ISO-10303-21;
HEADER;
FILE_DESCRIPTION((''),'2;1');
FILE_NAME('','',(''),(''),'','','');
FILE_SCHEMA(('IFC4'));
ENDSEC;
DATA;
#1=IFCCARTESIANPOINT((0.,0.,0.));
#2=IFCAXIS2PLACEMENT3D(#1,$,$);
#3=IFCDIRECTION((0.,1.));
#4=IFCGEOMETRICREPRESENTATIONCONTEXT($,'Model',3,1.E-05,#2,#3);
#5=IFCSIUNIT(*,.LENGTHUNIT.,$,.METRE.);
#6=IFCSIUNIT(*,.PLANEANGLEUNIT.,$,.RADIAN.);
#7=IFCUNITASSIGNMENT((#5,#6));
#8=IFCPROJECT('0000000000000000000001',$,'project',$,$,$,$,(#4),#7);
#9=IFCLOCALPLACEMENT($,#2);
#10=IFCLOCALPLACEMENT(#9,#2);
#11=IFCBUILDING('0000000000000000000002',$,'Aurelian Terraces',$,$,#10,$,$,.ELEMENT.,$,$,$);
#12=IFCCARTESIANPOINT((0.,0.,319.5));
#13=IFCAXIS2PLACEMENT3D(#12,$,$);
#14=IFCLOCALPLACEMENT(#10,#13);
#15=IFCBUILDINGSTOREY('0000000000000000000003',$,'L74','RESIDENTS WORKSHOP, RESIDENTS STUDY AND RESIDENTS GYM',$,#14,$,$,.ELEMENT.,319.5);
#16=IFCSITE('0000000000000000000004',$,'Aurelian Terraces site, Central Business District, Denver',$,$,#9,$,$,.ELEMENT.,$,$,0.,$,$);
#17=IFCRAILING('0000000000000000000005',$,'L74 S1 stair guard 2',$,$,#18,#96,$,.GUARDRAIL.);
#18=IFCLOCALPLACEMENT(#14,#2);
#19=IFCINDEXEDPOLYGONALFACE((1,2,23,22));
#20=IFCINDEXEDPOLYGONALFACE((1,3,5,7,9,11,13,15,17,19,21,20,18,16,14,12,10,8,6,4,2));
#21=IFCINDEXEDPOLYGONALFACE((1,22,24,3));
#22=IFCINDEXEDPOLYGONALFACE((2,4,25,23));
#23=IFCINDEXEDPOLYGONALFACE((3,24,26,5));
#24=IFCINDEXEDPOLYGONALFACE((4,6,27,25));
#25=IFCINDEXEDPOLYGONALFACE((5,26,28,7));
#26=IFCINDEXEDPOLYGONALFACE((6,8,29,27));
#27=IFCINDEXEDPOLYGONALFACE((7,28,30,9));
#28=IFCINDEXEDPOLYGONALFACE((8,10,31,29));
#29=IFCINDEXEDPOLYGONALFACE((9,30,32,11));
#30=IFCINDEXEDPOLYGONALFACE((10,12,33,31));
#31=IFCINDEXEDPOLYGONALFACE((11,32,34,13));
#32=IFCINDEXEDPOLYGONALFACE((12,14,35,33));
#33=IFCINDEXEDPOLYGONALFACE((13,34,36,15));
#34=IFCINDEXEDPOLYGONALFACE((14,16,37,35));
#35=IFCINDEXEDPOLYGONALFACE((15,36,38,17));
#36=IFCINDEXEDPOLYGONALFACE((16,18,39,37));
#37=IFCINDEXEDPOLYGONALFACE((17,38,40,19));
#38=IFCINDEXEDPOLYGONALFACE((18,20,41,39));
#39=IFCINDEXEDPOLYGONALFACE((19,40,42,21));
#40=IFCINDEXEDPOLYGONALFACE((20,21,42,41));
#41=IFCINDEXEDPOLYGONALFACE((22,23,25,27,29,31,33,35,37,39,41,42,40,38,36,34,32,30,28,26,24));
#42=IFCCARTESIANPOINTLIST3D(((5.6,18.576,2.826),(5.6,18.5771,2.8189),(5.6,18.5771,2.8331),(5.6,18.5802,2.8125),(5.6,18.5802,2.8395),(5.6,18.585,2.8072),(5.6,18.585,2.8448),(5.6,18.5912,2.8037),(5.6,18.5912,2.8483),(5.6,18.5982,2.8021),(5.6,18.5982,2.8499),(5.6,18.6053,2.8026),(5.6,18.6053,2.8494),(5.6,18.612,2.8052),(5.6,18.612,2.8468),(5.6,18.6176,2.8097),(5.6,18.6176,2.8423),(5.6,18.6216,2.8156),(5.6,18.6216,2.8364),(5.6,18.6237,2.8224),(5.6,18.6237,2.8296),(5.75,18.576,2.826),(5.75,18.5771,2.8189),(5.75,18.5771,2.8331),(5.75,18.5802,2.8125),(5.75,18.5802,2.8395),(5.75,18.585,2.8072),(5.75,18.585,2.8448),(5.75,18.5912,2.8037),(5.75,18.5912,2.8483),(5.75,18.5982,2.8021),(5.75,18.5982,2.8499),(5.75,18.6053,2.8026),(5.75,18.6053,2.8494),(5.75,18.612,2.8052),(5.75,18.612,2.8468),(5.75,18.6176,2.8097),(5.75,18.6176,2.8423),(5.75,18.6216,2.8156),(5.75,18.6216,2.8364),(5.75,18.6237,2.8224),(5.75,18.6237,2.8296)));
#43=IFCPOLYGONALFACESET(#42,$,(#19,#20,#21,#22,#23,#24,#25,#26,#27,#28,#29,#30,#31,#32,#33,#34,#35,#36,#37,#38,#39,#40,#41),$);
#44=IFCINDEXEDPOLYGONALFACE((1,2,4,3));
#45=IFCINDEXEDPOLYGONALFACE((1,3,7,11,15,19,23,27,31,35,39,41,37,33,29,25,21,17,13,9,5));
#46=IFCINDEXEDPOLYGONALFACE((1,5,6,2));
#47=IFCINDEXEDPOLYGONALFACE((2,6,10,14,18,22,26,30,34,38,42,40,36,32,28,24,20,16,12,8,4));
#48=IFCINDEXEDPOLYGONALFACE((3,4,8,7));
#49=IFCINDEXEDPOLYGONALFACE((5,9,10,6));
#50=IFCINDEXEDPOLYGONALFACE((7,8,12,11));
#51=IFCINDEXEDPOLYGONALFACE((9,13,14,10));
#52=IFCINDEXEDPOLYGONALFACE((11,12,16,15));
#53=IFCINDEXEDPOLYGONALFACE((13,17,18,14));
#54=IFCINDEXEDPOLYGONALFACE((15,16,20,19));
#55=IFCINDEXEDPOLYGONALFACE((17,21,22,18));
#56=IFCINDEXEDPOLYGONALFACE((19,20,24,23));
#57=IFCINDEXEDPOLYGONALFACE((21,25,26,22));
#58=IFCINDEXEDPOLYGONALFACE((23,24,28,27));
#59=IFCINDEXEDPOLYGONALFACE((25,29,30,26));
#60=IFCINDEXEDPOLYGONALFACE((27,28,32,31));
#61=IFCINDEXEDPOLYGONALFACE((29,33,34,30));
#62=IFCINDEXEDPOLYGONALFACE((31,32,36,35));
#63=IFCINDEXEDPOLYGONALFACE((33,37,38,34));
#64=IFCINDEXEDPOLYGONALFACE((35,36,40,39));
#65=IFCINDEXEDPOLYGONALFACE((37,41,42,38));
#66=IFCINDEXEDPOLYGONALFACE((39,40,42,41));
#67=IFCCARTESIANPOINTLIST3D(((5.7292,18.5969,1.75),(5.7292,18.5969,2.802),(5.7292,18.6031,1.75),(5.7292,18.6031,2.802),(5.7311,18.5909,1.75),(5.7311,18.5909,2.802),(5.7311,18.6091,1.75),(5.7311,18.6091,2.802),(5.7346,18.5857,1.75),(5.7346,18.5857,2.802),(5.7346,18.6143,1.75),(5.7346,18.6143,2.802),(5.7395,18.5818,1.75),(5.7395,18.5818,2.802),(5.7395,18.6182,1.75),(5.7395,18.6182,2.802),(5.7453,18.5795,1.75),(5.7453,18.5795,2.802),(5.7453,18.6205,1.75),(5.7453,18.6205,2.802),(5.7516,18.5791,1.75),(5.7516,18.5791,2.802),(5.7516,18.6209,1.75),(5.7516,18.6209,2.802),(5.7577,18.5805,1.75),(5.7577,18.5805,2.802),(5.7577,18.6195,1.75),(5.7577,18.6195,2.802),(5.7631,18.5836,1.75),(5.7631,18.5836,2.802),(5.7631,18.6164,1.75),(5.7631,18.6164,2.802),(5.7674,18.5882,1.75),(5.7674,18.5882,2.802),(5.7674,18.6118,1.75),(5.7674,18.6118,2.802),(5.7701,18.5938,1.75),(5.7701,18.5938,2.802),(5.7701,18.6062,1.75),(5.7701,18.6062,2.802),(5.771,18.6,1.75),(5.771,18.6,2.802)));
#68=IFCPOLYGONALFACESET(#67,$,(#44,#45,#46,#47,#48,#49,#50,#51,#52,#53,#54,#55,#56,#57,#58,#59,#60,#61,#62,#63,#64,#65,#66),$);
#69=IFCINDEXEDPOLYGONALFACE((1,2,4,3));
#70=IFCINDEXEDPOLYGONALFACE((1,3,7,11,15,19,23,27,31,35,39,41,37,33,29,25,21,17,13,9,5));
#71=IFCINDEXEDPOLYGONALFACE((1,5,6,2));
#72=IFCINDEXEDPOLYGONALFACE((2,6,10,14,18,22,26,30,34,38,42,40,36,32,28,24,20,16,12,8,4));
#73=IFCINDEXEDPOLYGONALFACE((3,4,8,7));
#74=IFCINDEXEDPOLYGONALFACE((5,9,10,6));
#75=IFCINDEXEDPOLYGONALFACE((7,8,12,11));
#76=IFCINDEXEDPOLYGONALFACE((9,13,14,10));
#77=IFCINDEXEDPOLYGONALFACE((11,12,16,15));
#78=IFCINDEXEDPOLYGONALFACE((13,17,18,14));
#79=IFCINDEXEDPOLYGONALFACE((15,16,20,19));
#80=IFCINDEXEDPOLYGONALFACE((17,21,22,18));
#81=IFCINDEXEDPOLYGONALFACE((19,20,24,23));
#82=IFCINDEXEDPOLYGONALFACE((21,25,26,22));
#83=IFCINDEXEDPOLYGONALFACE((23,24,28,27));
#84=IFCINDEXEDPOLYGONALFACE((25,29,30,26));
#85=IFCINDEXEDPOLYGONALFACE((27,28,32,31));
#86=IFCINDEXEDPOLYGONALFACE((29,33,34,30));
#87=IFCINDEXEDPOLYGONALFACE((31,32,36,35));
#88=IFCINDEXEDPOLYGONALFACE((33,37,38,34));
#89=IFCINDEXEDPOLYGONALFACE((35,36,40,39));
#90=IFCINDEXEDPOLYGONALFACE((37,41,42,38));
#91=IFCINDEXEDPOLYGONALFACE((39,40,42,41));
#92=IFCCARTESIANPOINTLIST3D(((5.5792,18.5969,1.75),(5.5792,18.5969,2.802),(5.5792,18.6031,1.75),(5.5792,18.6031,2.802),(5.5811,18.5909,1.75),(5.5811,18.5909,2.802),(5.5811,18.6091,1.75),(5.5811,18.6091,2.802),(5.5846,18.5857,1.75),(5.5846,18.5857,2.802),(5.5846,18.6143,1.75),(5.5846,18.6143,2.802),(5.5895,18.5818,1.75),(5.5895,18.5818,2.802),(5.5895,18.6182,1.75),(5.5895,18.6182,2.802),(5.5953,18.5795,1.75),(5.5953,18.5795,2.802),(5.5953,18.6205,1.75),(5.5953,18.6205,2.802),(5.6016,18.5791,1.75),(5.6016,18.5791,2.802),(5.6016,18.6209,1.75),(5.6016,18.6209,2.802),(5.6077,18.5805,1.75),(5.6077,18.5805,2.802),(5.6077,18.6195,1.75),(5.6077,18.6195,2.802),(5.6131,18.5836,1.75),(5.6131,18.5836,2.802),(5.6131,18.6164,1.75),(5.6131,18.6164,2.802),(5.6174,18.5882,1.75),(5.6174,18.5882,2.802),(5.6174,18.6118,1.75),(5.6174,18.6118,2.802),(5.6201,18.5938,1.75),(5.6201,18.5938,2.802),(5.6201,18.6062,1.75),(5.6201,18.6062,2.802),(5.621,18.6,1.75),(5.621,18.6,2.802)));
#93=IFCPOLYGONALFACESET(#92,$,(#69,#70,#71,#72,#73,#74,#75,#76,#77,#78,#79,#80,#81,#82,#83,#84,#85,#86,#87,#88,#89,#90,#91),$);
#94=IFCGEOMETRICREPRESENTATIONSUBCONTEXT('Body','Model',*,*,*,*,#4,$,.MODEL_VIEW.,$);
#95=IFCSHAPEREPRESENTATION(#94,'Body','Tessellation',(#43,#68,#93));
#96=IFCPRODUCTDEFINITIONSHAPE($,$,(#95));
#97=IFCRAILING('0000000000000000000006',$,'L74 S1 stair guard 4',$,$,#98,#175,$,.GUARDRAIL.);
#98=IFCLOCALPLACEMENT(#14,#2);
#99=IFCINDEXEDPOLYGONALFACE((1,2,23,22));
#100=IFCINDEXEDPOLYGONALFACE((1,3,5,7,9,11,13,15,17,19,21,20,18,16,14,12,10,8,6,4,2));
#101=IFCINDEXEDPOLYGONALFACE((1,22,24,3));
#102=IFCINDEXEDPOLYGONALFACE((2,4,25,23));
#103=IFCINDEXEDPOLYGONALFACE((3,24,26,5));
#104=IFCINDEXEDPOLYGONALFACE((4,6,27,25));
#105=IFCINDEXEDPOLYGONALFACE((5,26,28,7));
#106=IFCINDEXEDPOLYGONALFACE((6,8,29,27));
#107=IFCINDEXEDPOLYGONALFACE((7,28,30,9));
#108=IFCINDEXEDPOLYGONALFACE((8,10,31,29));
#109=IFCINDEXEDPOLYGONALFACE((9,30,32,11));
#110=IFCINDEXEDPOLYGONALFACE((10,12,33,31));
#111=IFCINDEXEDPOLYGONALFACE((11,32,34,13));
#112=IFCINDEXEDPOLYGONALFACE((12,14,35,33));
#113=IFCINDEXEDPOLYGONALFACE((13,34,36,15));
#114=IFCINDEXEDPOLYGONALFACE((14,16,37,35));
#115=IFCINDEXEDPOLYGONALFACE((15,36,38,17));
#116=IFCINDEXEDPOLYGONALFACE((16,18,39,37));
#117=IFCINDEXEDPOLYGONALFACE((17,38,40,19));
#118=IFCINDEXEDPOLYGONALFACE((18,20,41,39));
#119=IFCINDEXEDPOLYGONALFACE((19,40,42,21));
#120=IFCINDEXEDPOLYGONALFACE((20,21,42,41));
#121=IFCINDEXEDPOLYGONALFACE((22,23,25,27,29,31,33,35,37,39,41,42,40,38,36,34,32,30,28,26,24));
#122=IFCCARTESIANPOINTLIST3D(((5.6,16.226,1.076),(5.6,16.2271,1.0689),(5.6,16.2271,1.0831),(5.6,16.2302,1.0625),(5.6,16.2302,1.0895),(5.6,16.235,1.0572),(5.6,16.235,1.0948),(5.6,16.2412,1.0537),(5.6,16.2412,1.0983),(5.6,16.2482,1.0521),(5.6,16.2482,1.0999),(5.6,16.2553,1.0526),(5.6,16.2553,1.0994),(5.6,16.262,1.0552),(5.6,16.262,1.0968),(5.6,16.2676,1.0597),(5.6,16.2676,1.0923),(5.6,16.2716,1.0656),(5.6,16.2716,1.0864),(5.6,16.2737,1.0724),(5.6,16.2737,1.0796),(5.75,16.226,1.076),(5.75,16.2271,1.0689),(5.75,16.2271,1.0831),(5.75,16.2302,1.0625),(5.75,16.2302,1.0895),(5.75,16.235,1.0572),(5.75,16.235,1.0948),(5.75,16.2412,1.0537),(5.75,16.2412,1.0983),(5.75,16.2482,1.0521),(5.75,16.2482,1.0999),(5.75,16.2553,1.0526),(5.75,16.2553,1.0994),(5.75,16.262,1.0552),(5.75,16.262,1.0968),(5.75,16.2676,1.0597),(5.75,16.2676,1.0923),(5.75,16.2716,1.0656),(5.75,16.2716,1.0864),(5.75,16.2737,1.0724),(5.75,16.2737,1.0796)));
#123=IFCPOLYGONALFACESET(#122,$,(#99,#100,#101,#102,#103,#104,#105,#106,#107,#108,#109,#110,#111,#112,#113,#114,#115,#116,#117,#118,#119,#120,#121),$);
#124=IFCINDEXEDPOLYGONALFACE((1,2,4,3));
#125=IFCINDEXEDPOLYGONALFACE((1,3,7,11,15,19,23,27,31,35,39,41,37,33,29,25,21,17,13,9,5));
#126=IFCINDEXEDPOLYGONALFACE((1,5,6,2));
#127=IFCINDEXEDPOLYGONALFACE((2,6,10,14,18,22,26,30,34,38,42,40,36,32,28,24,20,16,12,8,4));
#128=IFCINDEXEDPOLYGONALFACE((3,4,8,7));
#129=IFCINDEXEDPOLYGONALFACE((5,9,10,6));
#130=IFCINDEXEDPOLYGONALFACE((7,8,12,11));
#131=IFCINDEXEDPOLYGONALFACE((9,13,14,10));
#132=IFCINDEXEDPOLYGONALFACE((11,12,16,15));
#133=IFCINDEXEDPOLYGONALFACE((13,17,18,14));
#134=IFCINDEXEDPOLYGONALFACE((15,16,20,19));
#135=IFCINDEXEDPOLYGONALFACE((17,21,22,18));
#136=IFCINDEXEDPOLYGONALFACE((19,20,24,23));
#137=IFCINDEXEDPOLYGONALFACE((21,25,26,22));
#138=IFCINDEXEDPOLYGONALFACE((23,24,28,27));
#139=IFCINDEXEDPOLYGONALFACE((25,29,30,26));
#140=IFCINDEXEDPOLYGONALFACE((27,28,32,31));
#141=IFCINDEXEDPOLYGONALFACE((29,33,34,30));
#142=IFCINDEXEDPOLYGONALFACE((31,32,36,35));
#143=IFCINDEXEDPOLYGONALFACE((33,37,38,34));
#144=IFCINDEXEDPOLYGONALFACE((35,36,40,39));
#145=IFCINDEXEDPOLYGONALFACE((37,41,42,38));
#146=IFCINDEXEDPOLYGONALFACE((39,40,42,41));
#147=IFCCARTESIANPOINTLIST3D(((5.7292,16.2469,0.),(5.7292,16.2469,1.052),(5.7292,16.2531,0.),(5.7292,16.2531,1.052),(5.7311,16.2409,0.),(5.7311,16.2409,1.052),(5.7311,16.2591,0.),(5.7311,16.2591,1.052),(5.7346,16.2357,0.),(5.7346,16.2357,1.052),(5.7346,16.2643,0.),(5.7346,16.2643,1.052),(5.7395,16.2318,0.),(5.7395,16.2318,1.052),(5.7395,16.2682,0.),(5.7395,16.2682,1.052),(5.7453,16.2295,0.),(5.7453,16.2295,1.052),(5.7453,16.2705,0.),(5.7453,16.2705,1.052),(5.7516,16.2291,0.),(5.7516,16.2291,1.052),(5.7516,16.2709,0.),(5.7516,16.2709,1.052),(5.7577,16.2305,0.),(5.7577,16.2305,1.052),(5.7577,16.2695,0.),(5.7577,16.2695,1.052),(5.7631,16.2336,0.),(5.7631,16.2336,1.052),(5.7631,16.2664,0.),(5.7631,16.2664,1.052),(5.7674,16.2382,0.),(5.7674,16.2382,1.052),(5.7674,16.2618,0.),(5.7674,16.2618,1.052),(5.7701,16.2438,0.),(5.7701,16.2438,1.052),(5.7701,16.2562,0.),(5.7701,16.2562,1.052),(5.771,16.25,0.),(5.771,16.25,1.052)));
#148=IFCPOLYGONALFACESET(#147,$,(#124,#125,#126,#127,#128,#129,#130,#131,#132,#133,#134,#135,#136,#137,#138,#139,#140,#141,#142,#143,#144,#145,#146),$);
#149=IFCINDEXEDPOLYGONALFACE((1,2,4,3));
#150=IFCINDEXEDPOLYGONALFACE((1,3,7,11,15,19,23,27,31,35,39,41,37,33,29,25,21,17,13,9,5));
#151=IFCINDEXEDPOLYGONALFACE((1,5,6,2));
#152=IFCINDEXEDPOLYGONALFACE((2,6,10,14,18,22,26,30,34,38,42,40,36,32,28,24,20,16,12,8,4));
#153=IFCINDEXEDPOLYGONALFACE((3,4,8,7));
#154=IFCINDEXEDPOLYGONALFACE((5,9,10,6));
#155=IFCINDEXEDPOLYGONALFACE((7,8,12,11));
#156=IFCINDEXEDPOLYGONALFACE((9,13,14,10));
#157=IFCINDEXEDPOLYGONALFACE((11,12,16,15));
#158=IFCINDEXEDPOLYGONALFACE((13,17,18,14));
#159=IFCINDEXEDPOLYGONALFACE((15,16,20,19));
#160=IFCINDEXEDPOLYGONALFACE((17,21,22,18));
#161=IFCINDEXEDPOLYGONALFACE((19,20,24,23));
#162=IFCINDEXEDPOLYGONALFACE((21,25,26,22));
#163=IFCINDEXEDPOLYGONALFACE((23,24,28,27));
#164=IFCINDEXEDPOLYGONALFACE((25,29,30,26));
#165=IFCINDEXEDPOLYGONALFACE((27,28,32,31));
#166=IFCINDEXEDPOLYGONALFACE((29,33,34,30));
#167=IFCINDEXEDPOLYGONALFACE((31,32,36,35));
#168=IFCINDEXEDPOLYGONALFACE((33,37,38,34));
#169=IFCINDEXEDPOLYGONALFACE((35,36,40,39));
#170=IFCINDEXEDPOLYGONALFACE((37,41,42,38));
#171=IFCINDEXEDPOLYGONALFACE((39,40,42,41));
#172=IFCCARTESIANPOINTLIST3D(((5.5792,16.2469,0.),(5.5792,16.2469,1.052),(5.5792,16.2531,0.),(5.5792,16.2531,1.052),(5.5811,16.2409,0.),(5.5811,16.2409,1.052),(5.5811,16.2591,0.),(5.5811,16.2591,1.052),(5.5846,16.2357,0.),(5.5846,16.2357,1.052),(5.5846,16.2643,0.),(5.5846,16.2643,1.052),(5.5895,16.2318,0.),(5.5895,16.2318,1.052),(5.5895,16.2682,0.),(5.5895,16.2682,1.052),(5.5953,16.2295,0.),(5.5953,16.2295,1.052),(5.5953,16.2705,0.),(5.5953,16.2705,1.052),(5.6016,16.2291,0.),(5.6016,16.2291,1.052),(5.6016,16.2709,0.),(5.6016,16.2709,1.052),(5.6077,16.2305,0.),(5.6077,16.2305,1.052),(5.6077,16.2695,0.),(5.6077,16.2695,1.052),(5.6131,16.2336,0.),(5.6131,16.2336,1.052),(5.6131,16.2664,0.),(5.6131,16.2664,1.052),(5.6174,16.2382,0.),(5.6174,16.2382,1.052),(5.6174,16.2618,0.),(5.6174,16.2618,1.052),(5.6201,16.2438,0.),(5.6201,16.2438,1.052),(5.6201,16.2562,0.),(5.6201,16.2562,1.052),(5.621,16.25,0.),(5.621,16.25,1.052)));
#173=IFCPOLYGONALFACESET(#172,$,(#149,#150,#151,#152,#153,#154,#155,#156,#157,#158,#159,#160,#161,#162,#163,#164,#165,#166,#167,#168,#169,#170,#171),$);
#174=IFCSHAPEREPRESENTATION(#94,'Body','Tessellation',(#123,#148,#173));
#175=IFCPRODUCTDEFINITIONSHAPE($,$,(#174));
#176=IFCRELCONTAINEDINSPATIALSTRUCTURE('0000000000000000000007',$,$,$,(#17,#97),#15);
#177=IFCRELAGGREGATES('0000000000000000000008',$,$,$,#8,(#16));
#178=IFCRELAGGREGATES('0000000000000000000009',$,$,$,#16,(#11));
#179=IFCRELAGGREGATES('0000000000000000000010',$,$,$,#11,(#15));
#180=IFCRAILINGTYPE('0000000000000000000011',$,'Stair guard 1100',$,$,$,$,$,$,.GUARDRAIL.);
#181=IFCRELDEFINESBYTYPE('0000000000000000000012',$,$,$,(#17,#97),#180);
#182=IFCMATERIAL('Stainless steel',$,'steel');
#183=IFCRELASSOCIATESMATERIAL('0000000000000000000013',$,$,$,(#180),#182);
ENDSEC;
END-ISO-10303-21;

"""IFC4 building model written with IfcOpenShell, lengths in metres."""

from ifc_helpers import new_model, si_unit, direction, frame, origin, origin_2d, place, context, subcontext, project, spatial, circle, extrude, source, transform, mapped, material, type_object, element, save


model = new_model("IFC4")

# Units and contexts
model_context = context("Model", 3, precision=1e-05, world=origin(), true_north=direction((0.0, 1.0)))
body_context = subcontext(model_context, "Body", "Model", "MODEL_VIEW")
ifc_project = project(units=[si_unit("LENGTHUNIT", "METRE"), si_unit("PLANEANGLEUNIT", "RADIAN")], contexts=[model_context])

# Site, building, storey
site_placement = place(None, origin())
site = spatial("IfcSite", under=ifc_project, at=site_placement, Name="Aurelian Terraces site, Central Business District, Denver", CompositionType="ELEMENT", RefElevation=0.0)
building_placement = place(site_placement, origin())
building = spatial("IfcBuilding", under=site, at=building_placement, Name="Aurelian Terraces", CompositionType="ELEMENT")
storey_placement = place(building_placement, frame((0.0, 0.0, 319.5)))
storey = spatial("IfcBuildingStorey", under=building, at=storey_placement, Name="L74", Description="RESIDENTS WORKSHOP, RESIDENTS STUDY AND RESIDENTS GYM", CompositionType="ELEMENT", Elevation=319.5)

# Railings
ifc_material_1 = material(Name="Stainless steel", Category="steel")
railing_type_1 = type_object("IfcRailingType", Name="Stair guard 1100", PredefinedType="GUARDRAIL", material=ifc_material_1)
shared_shape_1 = source(origin(), body_context, "Body", "SweptSolid", [
    extrude(circle(Radius=0.024, at=origin_2d()), frame((0.0, 0.0, 1.076), z_axis=(-1.0, 0.0, 0.0), x_axis=(0.0, -1.0, 0.0)), (0.0, 0.0, 1.0), 0.15),
    extrude(circle(Radius=0.021, at=origin_2d()), origin(), (0.0, 0.0, 1.0), 1.052),
    extrude(circle(Radius=0.021, at=origin_2d()), frame((-0.15, 0.0, 0.0)), (0.0, 0.0, 1.0), 1.052),
])
for number, where, name in (
    (1, (5.75, 18.6, 1.75), "L74 S1 stair guard 2"),
    (2, (5.75, 16.25, 0.0), "L74 S1 stair guard 4"),
):
    element("IfcRailing", number, at=place(storey_placement, frame(where)), inside=storey, type_object=railing_type_1, Name=name, PredefinedType="GUARDRAIL", context=body_context, shape_type="MappedRepresentation", body=[
        mapped(shared_shape_1, transform((0.0, 0.0, 0.0), scale=1.0)),
    ])

save(model, "model.ifc")
